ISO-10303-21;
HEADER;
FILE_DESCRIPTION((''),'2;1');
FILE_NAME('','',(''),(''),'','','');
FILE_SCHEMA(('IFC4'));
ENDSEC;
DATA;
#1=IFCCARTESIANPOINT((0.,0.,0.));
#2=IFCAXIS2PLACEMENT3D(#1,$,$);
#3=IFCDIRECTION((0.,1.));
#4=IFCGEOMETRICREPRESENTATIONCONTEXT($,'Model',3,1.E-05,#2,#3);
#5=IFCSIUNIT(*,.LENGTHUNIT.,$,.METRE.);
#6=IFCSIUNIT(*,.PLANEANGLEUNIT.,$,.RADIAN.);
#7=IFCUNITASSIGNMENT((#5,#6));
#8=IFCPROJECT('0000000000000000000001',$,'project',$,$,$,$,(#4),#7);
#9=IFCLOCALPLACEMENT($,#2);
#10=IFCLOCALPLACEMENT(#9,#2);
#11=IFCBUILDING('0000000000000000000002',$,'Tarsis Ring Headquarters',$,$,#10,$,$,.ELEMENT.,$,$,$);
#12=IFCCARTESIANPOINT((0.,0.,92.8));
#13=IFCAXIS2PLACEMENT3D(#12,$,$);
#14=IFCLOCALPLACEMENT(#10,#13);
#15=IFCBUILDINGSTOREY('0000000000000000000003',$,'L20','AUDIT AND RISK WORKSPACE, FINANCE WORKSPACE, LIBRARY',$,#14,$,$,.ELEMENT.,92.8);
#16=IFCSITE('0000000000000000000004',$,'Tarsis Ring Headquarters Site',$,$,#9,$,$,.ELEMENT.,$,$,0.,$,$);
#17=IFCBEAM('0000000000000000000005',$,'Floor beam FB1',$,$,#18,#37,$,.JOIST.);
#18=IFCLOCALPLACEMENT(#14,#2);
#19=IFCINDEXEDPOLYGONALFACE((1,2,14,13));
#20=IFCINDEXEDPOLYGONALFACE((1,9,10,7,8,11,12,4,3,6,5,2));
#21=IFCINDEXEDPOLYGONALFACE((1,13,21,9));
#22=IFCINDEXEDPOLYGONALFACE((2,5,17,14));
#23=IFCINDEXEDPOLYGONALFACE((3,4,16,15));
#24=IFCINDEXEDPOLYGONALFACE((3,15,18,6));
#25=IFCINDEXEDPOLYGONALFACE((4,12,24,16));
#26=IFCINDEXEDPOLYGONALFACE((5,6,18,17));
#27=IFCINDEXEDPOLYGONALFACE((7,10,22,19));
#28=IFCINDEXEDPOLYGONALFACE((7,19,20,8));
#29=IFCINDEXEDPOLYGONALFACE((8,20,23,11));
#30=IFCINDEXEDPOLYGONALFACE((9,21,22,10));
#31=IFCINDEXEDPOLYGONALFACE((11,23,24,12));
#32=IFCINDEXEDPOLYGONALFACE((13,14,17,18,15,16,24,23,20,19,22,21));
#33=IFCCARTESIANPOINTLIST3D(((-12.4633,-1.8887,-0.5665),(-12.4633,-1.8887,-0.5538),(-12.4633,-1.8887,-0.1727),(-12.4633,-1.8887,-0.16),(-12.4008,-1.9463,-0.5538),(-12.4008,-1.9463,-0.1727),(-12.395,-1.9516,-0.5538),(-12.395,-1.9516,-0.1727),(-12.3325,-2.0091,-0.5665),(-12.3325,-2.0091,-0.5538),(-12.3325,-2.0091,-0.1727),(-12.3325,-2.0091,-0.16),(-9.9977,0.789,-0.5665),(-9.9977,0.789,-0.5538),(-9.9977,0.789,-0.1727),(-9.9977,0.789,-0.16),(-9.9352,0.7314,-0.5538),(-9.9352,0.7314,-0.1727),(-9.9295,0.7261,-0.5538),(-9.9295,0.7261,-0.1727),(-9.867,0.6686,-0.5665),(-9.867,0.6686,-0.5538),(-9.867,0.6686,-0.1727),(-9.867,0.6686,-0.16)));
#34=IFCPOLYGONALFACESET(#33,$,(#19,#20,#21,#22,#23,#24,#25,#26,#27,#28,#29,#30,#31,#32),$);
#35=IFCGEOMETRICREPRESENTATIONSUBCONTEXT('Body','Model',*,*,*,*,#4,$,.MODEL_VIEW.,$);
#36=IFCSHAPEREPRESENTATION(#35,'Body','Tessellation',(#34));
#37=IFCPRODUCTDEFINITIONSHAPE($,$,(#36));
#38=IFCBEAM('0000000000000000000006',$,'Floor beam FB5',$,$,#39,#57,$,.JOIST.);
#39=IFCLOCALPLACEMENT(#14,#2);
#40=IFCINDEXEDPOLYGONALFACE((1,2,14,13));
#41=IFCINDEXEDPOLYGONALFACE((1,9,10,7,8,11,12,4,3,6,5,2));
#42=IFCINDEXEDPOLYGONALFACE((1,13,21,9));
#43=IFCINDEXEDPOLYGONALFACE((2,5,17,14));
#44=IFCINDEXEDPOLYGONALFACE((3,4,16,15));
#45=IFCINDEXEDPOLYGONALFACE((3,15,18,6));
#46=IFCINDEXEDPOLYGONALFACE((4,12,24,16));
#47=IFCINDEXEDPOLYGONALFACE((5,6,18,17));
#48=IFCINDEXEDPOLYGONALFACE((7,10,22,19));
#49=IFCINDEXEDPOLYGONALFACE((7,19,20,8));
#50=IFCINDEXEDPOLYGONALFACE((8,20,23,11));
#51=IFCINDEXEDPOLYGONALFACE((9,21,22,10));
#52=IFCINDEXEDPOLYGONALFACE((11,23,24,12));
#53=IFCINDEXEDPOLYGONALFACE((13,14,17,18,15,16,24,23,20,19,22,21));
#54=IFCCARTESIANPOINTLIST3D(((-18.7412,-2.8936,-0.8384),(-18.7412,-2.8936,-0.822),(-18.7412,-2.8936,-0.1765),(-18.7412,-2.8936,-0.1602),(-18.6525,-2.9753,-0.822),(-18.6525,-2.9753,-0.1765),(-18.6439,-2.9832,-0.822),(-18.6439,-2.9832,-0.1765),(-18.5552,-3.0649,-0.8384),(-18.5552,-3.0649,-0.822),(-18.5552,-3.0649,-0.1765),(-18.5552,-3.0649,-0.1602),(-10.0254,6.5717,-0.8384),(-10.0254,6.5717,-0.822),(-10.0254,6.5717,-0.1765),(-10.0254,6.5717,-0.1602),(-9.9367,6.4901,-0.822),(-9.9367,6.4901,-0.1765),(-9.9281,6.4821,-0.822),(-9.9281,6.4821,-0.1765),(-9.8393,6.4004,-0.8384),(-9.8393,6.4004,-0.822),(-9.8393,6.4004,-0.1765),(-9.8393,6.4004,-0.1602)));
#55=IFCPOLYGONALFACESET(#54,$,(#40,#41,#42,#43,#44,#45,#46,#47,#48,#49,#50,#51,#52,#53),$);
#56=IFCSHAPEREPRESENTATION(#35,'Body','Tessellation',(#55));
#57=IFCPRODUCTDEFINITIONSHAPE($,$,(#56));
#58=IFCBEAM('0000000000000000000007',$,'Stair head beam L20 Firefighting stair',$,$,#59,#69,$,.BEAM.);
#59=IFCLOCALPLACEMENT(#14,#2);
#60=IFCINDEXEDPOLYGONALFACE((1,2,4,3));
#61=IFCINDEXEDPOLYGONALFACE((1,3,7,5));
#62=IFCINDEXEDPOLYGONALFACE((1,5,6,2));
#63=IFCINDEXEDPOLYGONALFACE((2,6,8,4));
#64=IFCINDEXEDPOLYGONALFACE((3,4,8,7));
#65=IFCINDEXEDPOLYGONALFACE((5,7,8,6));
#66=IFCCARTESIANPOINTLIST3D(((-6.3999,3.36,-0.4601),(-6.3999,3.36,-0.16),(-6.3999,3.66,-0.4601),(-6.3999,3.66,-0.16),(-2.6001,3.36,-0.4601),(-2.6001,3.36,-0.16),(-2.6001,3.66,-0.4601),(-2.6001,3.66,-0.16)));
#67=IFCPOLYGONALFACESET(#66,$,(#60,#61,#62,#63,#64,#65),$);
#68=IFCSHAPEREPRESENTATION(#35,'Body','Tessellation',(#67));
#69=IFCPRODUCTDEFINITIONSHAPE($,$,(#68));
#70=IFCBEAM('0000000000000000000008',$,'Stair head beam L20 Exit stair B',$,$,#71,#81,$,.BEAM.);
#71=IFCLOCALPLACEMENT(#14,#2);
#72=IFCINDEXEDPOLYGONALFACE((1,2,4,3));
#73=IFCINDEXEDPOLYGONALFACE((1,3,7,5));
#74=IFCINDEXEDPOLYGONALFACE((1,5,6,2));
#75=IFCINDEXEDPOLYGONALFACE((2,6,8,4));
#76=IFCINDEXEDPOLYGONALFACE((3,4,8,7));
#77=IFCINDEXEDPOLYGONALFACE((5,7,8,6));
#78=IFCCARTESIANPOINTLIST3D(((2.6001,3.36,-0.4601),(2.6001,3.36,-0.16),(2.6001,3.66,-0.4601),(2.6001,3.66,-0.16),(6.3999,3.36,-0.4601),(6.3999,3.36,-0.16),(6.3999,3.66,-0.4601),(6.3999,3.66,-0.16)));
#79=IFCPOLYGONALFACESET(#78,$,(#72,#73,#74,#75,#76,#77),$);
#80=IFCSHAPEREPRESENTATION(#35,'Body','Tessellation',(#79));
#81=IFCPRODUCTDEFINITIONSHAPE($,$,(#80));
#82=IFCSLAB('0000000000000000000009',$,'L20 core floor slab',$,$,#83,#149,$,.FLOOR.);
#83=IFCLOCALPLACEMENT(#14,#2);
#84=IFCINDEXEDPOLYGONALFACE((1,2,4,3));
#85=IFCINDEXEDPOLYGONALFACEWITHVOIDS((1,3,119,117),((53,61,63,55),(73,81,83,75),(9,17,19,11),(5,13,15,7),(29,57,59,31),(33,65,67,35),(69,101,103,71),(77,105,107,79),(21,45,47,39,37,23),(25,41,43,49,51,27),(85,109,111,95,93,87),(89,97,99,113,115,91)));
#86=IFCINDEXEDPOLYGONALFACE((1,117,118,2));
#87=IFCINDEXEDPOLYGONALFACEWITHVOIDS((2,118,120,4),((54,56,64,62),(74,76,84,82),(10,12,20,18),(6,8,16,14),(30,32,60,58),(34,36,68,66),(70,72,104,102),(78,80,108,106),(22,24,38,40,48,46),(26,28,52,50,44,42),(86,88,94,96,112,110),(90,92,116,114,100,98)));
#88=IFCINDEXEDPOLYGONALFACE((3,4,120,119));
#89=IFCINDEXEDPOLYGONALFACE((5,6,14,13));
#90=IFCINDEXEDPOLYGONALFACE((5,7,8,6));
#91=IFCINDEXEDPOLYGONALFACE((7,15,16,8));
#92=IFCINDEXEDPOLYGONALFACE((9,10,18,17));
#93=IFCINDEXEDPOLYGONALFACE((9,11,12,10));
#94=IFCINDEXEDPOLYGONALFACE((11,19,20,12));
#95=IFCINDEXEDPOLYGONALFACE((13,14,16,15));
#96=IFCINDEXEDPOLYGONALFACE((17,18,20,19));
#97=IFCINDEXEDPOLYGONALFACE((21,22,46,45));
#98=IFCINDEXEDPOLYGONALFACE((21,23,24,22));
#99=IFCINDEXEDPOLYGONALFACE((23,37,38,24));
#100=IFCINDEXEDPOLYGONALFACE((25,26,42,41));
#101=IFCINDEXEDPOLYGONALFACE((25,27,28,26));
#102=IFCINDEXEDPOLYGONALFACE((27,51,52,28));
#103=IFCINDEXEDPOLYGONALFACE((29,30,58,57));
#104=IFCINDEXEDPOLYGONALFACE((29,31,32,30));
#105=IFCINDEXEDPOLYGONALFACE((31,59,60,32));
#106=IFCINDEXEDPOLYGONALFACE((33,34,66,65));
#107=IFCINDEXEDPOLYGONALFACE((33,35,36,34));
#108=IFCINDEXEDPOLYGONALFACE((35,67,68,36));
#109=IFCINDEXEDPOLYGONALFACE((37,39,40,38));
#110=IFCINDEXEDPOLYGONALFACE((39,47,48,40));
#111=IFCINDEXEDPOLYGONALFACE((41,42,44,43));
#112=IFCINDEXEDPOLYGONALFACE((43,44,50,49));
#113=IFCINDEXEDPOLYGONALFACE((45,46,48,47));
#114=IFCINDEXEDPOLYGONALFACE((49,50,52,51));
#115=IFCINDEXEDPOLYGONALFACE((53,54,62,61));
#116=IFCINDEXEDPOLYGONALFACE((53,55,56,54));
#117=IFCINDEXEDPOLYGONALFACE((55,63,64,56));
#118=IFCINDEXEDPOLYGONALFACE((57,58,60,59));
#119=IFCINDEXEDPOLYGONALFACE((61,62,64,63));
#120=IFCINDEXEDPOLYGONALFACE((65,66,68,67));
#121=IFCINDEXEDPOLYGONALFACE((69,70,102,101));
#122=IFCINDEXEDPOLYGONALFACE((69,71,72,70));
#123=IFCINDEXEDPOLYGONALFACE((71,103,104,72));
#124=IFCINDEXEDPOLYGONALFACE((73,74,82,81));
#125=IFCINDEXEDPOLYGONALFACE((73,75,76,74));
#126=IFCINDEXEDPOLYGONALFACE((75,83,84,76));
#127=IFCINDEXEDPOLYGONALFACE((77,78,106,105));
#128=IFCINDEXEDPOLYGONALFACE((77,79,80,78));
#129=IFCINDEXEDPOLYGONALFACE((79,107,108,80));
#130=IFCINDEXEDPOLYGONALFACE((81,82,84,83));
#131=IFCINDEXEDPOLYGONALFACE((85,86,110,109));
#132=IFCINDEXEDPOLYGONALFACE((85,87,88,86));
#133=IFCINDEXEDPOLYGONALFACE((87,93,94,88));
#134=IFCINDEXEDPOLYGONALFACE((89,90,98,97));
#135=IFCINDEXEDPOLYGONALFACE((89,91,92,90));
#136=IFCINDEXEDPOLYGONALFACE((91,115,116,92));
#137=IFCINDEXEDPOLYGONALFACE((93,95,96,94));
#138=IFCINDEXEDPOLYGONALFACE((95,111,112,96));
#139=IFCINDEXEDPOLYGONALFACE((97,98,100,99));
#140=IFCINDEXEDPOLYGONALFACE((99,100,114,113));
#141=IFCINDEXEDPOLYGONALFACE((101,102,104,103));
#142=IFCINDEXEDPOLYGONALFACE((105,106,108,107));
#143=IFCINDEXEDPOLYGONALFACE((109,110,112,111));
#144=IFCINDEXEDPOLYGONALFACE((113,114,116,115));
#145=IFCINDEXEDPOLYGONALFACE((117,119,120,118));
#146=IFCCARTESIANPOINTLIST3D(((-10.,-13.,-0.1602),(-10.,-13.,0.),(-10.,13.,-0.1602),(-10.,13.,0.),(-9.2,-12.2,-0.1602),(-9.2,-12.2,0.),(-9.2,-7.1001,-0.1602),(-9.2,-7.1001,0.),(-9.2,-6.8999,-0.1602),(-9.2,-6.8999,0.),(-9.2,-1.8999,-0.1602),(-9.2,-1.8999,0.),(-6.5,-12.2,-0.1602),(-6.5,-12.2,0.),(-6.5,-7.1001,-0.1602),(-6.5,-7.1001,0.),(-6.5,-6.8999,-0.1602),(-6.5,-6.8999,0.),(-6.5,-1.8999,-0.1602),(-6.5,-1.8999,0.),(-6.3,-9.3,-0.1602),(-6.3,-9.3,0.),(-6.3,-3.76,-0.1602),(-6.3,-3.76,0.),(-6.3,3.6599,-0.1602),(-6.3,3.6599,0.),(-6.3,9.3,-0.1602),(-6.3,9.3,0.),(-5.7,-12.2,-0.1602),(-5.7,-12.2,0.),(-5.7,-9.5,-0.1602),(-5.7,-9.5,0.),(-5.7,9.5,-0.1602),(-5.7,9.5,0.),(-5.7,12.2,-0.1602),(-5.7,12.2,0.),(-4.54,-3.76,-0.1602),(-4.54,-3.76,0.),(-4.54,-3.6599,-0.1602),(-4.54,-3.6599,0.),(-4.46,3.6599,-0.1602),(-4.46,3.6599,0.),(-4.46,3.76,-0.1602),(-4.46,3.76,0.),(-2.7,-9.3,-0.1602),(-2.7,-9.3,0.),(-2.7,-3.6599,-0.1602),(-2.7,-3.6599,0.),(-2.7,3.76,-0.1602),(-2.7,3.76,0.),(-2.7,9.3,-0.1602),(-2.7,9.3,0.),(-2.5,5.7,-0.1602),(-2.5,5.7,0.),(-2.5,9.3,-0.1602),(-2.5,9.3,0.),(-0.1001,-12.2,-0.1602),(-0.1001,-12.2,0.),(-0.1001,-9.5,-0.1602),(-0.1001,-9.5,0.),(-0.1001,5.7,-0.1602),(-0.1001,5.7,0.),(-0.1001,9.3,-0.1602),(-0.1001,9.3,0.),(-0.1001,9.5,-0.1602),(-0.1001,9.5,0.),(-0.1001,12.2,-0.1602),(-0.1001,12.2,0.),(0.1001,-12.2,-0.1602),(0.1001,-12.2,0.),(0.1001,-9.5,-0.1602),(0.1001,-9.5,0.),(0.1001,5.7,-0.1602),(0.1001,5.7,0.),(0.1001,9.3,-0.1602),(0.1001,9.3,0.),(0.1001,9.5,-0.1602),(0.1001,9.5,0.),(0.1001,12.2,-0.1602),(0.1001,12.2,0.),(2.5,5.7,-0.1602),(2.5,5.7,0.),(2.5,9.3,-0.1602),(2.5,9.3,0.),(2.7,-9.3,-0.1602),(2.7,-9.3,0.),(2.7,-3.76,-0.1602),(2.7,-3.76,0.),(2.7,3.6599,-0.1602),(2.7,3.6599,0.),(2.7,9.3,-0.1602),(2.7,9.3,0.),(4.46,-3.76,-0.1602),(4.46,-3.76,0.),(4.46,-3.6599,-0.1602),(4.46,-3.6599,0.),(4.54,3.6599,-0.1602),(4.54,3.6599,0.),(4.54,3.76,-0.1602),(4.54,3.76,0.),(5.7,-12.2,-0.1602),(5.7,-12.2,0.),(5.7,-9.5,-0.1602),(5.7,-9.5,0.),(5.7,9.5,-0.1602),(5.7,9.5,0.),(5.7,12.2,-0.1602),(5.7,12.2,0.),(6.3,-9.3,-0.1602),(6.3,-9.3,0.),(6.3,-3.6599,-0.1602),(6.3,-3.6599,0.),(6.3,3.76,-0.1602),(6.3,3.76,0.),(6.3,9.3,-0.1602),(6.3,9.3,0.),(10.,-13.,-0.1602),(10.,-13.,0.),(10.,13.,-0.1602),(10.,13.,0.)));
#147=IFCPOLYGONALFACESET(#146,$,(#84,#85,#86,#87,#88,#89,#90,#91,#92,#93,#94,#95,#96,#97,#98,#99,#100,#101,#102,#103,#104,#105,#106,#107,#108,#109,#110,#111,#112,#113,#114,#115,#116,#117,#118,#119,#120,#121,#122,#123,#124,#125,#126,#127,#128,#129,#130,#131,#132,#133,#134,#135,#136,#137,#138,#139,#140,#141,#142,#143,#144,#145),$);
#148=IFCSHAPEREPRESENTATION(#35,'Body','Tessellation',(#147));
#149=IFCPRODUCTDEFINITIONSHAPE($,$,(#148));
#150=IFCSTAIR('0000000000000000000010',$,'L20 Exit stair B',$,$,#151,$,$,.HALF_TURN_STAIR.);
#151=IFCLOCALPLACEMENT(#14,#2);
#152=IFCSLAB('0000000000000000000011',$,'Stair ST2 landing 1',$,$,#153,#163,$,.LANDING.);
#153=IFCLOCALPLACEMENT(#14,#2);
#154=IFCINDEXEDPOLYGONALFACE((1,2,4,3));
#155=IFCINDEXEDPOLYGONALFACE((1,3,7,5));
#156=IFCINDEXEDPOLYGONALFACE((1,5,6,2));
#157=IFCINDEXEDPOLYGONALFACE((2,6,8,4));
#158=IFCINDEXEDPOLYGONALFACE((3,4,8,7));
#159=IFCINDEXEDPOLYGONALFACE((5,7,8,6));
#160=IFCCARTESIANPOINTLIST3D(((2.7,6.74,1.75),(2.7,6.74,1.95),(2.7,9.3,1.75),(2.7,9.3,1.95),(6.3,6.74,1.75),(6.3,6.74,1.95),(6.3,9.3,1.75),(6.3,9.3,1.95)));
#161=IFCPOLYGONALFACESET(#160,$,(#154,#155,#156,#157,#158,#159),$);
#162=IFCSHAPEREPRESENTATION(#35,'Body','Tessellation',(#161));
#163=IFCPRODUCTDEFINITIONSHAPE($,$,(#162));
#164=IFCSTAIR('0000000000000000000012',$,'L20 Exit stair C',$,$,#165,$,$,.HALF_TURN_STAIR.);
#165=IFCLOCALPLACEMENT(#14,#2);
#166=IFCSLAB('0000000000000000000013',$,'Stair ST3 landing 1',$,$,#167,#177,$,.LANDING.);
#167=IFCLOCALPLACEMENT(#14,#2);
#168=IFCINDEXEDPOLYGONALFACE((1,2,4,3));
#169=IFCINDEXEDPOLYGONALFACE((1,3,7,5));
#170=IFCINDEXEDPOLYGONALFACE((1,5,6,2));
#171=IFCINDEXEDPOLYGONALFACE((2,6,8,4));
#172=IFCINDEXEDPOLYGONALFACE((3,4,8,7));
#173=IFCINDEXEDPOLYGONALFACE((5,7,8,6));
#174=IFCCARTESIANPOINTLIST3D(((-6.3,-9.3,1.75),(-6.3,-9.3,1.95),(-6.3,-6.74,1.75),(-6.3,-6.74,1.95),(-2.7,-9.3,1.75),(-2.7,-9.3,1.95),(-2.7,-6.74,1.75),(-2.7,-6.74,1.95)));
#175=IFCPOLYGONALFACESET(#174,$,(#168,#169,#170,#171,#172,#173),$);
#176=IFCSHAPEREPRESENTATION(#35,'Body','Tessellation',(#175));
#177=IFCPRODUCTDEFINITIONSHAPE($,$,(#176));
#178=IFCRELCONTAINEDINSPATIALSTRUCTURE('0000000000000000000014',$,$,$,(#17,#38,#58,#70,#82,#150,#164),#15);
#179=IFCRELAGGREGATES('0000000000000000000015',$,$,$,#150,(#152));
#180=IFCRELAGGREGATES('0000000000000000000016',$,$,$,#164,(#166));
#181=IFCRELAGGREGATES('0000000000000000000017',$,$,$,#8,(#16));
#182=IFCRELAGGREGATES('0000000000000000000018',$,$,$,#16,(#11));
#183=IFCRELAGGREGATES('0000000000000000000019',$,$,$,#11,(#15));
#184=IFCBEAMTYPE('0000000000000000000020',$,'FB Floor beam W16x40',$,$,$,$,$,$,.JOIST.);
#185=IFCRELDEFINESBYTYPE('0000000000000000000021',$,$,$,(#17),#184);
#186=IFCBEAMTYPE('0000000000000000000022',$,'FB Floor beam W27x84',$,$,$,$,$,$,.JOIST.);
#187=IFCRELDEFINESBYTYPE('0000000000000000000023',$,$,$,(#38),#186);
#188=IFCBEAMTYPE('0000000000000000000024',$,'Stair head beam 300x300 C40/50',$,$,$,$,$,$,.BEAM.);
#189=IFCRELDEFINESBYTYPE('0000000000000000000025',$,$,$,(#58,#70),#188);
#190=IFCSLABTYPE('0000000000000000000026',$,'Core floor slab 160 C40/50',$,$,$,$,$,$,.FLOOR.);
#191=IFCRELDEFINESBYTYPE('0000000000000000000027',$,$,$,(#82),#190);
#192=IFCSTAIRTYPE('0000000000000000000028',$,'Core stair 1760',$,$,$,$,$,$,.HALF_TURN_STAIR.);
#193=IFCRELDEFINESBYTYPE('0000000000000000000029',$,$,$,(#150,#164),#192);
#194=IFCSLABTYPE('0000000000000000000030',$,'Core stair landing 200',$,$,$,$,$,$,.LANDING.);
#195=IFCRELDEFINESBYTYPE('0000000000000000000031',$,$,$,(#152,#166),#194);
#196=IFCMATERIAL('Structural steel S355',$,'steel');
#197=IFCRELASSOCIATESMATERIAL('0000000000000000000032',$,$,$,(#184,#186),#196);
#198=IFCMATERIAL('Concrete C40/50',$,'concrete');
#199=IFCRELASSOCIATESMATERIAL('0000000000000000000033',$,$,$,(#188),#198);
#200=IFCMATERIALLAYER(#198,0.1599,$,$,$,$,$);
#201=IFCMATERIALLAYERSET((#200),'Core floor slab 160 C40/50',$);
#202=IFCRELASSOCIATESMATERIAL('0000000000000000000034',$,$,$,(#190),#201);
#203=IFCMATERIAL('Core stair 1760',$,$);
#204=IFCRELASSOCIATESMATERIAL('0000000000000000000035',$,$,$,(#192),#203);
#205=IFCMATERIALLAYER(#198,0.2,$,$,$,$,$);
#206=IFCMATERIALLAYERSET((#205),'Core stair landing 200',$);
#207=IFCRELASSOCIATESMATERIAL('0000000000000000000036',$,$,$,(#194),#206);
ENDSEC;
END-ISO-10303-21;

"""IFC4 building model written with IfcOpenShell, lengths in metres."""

from ifc_helpers import new_model, si_unit, direction, frame, origin, origin_2d, place, context, subcontext, project, spatial, polyline, rectangle, i_section, outline, extrude, material, layer, layer_set, material_profile, profile_set, type_object, element, aggregate, save


model = new_model("IFC4")

# Units and contexts
model_context = context("Model", 3, precision=1e-05, world=origin(), true_north=direction((0.0, 1.0)))
body_context = subcontext(model_context, "Body", "Model", "MODEL_VIEW")
ifc_project = project(units=[si_unit("LENGTHUNIT", "METRE"), si_unit("PLANEANGLEUNIT", "RADIAN")], contexts=[model_context])

# Site, building, storey
site_placement = place(None, origin())
site = spatial("IfcSite", under=ifc_project, at=site_placement, Name="Tarsis Ring Headquarters Site", CompositionType="ELEMENT", RefElevation=0.0)
building_placement = place(site_placement, origin())
building = spatial("IfcBuilding", under=site, at=building_placement, Name="Tarsis Ring Headquarters", CompositionType="ELEMENT")
storey_placement = place(building_placement, frame((0.0, 0.0, 92.8)))
storey = spatial("IfcBuildingStorey", under=building, at=storey_placement, Name="L20", Description="AUDIT AND RISK WORKSPACE, FINANCE WORKSPACE, LIBRARY", CompositionType="ELEMENT", Elevation=92.8)

# Beams
ifc_material_1 = material(Name="Structural steel S355", Category="steel")
ifc_material_profile_1 = material_profile(ifc_material_1, i_section(OverallWidth=0.1777, OverallDepth=0.4065, WebThickness=0.0078, FlangeThickness=0.0127, at=origin_2d()), Name="W16x40")
ifc_profile_set_1 = profile_set([ifc_material_profile_1], Name="Structural steel S355")
beam_type_1 = type_object("IfcBeamType", Name="FB Floor beam W16x40", PredefinedType="JOIST", material=ifc_profile_set_1)
beam_1_placement = place(storey_placement, frame((-9.9324, 0.7288, -0.3633), z_axis=(-0.677363, -0.735649, 0.0), x_axis=(0.735649, -0.677363, 0.0)))
element("IfcBeam", 1, at=beam_1_placement, inside=storey, type_object=beam_type_1, Name="Floor beam FB1", PredefinedType="JOIST", context=body_context, shape_type="SweptSolid", body=[
    extrude(i_section(OverallWidth=0.1777, OverallDepth=0.4065, WebThickness=0.0078, FlangeThickness=0.0127, at=origin_2d()), origin(), (0.0, 0.0, 1.0), 3.6399),
])
ifc_material_profile_2 = material_profile(ifc_material_1, i_section(OverallWidth=0.2529, OverallDepth=0.6782, WebThickness=0.0117, FlangeThickness=0.0164, at=origin_2d()), Name="W27x84")
ifc_profile_set_2 = profile_set([ifc_material_profile_2], Name="Structural steel S355")
beam_type_2 = type_object("IfcBeamType", Name="FB Floor beam W27x84", PredefinedType="JOIST", material=ifc_profile_set_2)
beam_2_placement = place(storey_placement, frame((-9.9324, 6.4861, -0.4993), z_axis=(-0.677381, -0.735632, 0.0), x_axis=(0.735632, -0.677381, 0.0)))
element("IfcBeam", 2, at=beam_2_placement, inside=storey, type_object=beam_type_2, Name="Floor beam FB5", PredefinedType="JOIST", context=body_context, shape_type="SweptSolid", body=[
    extrude(i_section(OverallWidth=0.2529, OverallDepth=0.6782, WebThickness=0.0117, FlangeThickness=0.0164, at=origin_2d()), origin(), (0.0, 0.0, 1.0), 12.8669),
])
ifc_material_2 = material(Name="Concrete C40/50", Category="concrete")
ifc_material_profile_3 = material_profile(ifc_material_2, rectangle(XDim=0.3, YDim=0.3, at=origin_2d()), Name="Stair head beam 300x300 C40/50")
ifc_profile_set_3 = profile_set([ifc_material_profile_3], Name="Concrete C40/50")
beam_type_3 = type_object("IfcBeamType", Name="Stair head beam 300x300 C40/50", PredefinedType="BEAM", material=ifc_profile_set_3)
for number, where, z_axis, x_axis, name in (
    (3, (-6.3999, 3.51, -0.3101), (1.0, 0.0, 0.0), (0.0, 1.0, 0.0), "Stair head beam L20 Firefighting stair"),
    (4, (2.6001, 3.51, -0.3101), (1.0, 0.0, 0.0), (0.0, 1.0, 0.0), "Stair head beam L20 Exit stair B"),
):
    element("IfcBeam", number, at=place(storey_placement, frame(where, z_axis=z_axis, x_axis=x_axis)), inside=storey, type_object=beam_type_3, Name=name, PredefinedType="BEAM", context=body_context, shape_type="SweptSolid", body=[
        extrude(rectangle(XDim=0.3, YDim=0.3, at=origin_2d()), origin(), (0.0, 0.0, 1.0), 3.7998),
    ])

# Slab
ifc_layer_1 = layer(ifc_material_2, 0.1599)
ifc_layer_set_1 = layer_set([ifc_layer_1], Name="Core floor slab 160 C40/50")
slab_type_1 = type_object("IfcSlabType", Name="Core floor slab 160 C40/50", PredefinedType="FLOOR", material=ifc_layer_set_1)
slab_1_placement = place(storey_placement, frame((0.0, 0.0, -0.1602)))
element("IfcSlab", 5, at=slab_1_placement, inside=storey, type_object=slab_type_1, Name="L20 core floor slab", PredefinedType="FLOOR", context=body_context, shape_type="SweptSolid", body=[
    extrude(outline(polyline([(-10.0, -13.0), (10.0, -13.0), (10.0, 13.0), (-10.0, 13.0), (-10.0, -13.0)]), holes=[polyline([(-2.5, 5.7), (-0.1001, 5.7), (-0.1001, 9.3), (-2.5, 9.3), (-2.5, 5.7)]), polyline([(0.1001, 5.7), (2.5, 5.7), (2.5, 9.3), (0.1001, 9.3), (0.1001, 5.7)]), polyline([(-9.2, -12.2), (-6.5, -12.2), (-6.5, -7.1001), (-9.2, -7.1001), (-9.2, -12.2)]), polyline([(-9.2, -6.8999), (-6.5, -6.8999), (-6.5, -1.8999), (-9.2, -1.8999), (-9.2, -6.8999)]), polyline([(-5.7, 9.5), (-0.1001, 9.5), (-0.1001, 12.2), (-5.7, 12.2), (-5.7, 9.5)]), polyline([(0.1001, 9.5), (5.7, 9.5), (5.7, 12.2), (0.1001, 12.2), (0.1001, 9.5)]), polyline([(-5.7, -12.2), (-0.1001, -12.2), (-0.1001, -9.5), (-5.7, -9.5), (-5.7, -12.2)]), polyline([(0.1001, -12.2), (5.7, -12.2), (5.7, -9.5), (0.1001, -9.5), (0.1001, -12.2)]), polyline([(-2.7, 3.76), (-2.7, 9.3), (-6.3, 9.3), (-6.3, 3.6599), (-4.46, 3.6599), (-4.46, 3.76), (-2.7, 3.76)]), polyline([(6.3, 3.76), (6.3, 9.3), (2.7, 9.3), (2.7, 3.6599), (4.54, 3.6599), (4.54, 3.76), (6.3, 3.76)]), polyline([(-6.3, -3.76), (-6.3, -9.3), (-2.7, -9.3), (-2.7, -3.6599), (-4.54, -3.6599), (-4.54, -3.76), (-6.3, -3.76)]), polyline([(2.7, -3.76), (2.7, -9.3), (6.3, -9.3), (6.3, -3.6599), (4.46, -3.6599), (4.46, -3.76), (2.7, -3.76)])]), origin(), (0.0, 0.0, 1.0), 0.1602),
])

# Stairs, slabs
ifc_material_3 = material(Name="Core stair 1760")
stair_type = type_object("IfcStairType", Name="Core stair 1760", PredefinedType="HALF_TURN_STAIR", material=ifc_material_3)
stair_1_placement = place(storey_placement, origin())
stair_1 = element("IfcStair", 6, at=stair_1_placement, inside=storey, type_object=stair_type, Name="L20 Exit stair B", PredefinedType="HALF_TURN_STAIR")
ifc_layer_2 = layer(ifc_material_2, 0.2)
ifc_layer_set_2 = layer_set([ifc_layer_2], Name="Core stair landing 200")
slab_type_2 = type_object("IfcSlabType", Name="Core stair landing 200", PredefinedType="LANDING", material=ifc_layer_set_2)
slab_2_placement = place(storey_placement, frame((0.0, 0.0, 1.75)))
slab_2 = element("IfcSlab", 7, at=slab_2_placement, type_object=slab_type_2, Name="Stair ST2 landing 1", PredefinedType="LANDING", context=body_context, shape_type="SweptSolid", body=[
    extrude(outline(polyline([(6.3, 6.74), (6.3, 9.3), (2.7, 9.3), (2.7, 6.74), (6.3, 6.74)])), origin(), (0.0, 0.0, 1.0), 0.2),
])
aggregate(stair_1, [slab_2])
stair_2_placement = place(storey_placement, origin())
stair_2 = element("IfcStair", 8, at=stair_2_placement, inside=storey, type_object=stair_type, Name="L20 Exit stair C", PredefinedType="HALF_TURN_STAIR")
slab_3_placement = place(storey_placement, frame((0.0, 0.0, 1.75)))
slab_3 = element("IfcSlab", 9, at=slab_3_placement, type_object=slab_type_2, Name="Stair ST3 landing 1", PredefinedType="LANDING", context=body_context, shape_type="SweptSolid", body=[
    extrude(outline(polyline([(-6.3, -6.74), (-6.3, -9.3), (-2.7, -9.3), (-2.7, -6.74), (-6.3, -6.74)])), origin(), (0.0, 0.0, 1.0), 0.2),
])
aggregate(stair_2, [slab_3])

save(model, "model.ifc")
